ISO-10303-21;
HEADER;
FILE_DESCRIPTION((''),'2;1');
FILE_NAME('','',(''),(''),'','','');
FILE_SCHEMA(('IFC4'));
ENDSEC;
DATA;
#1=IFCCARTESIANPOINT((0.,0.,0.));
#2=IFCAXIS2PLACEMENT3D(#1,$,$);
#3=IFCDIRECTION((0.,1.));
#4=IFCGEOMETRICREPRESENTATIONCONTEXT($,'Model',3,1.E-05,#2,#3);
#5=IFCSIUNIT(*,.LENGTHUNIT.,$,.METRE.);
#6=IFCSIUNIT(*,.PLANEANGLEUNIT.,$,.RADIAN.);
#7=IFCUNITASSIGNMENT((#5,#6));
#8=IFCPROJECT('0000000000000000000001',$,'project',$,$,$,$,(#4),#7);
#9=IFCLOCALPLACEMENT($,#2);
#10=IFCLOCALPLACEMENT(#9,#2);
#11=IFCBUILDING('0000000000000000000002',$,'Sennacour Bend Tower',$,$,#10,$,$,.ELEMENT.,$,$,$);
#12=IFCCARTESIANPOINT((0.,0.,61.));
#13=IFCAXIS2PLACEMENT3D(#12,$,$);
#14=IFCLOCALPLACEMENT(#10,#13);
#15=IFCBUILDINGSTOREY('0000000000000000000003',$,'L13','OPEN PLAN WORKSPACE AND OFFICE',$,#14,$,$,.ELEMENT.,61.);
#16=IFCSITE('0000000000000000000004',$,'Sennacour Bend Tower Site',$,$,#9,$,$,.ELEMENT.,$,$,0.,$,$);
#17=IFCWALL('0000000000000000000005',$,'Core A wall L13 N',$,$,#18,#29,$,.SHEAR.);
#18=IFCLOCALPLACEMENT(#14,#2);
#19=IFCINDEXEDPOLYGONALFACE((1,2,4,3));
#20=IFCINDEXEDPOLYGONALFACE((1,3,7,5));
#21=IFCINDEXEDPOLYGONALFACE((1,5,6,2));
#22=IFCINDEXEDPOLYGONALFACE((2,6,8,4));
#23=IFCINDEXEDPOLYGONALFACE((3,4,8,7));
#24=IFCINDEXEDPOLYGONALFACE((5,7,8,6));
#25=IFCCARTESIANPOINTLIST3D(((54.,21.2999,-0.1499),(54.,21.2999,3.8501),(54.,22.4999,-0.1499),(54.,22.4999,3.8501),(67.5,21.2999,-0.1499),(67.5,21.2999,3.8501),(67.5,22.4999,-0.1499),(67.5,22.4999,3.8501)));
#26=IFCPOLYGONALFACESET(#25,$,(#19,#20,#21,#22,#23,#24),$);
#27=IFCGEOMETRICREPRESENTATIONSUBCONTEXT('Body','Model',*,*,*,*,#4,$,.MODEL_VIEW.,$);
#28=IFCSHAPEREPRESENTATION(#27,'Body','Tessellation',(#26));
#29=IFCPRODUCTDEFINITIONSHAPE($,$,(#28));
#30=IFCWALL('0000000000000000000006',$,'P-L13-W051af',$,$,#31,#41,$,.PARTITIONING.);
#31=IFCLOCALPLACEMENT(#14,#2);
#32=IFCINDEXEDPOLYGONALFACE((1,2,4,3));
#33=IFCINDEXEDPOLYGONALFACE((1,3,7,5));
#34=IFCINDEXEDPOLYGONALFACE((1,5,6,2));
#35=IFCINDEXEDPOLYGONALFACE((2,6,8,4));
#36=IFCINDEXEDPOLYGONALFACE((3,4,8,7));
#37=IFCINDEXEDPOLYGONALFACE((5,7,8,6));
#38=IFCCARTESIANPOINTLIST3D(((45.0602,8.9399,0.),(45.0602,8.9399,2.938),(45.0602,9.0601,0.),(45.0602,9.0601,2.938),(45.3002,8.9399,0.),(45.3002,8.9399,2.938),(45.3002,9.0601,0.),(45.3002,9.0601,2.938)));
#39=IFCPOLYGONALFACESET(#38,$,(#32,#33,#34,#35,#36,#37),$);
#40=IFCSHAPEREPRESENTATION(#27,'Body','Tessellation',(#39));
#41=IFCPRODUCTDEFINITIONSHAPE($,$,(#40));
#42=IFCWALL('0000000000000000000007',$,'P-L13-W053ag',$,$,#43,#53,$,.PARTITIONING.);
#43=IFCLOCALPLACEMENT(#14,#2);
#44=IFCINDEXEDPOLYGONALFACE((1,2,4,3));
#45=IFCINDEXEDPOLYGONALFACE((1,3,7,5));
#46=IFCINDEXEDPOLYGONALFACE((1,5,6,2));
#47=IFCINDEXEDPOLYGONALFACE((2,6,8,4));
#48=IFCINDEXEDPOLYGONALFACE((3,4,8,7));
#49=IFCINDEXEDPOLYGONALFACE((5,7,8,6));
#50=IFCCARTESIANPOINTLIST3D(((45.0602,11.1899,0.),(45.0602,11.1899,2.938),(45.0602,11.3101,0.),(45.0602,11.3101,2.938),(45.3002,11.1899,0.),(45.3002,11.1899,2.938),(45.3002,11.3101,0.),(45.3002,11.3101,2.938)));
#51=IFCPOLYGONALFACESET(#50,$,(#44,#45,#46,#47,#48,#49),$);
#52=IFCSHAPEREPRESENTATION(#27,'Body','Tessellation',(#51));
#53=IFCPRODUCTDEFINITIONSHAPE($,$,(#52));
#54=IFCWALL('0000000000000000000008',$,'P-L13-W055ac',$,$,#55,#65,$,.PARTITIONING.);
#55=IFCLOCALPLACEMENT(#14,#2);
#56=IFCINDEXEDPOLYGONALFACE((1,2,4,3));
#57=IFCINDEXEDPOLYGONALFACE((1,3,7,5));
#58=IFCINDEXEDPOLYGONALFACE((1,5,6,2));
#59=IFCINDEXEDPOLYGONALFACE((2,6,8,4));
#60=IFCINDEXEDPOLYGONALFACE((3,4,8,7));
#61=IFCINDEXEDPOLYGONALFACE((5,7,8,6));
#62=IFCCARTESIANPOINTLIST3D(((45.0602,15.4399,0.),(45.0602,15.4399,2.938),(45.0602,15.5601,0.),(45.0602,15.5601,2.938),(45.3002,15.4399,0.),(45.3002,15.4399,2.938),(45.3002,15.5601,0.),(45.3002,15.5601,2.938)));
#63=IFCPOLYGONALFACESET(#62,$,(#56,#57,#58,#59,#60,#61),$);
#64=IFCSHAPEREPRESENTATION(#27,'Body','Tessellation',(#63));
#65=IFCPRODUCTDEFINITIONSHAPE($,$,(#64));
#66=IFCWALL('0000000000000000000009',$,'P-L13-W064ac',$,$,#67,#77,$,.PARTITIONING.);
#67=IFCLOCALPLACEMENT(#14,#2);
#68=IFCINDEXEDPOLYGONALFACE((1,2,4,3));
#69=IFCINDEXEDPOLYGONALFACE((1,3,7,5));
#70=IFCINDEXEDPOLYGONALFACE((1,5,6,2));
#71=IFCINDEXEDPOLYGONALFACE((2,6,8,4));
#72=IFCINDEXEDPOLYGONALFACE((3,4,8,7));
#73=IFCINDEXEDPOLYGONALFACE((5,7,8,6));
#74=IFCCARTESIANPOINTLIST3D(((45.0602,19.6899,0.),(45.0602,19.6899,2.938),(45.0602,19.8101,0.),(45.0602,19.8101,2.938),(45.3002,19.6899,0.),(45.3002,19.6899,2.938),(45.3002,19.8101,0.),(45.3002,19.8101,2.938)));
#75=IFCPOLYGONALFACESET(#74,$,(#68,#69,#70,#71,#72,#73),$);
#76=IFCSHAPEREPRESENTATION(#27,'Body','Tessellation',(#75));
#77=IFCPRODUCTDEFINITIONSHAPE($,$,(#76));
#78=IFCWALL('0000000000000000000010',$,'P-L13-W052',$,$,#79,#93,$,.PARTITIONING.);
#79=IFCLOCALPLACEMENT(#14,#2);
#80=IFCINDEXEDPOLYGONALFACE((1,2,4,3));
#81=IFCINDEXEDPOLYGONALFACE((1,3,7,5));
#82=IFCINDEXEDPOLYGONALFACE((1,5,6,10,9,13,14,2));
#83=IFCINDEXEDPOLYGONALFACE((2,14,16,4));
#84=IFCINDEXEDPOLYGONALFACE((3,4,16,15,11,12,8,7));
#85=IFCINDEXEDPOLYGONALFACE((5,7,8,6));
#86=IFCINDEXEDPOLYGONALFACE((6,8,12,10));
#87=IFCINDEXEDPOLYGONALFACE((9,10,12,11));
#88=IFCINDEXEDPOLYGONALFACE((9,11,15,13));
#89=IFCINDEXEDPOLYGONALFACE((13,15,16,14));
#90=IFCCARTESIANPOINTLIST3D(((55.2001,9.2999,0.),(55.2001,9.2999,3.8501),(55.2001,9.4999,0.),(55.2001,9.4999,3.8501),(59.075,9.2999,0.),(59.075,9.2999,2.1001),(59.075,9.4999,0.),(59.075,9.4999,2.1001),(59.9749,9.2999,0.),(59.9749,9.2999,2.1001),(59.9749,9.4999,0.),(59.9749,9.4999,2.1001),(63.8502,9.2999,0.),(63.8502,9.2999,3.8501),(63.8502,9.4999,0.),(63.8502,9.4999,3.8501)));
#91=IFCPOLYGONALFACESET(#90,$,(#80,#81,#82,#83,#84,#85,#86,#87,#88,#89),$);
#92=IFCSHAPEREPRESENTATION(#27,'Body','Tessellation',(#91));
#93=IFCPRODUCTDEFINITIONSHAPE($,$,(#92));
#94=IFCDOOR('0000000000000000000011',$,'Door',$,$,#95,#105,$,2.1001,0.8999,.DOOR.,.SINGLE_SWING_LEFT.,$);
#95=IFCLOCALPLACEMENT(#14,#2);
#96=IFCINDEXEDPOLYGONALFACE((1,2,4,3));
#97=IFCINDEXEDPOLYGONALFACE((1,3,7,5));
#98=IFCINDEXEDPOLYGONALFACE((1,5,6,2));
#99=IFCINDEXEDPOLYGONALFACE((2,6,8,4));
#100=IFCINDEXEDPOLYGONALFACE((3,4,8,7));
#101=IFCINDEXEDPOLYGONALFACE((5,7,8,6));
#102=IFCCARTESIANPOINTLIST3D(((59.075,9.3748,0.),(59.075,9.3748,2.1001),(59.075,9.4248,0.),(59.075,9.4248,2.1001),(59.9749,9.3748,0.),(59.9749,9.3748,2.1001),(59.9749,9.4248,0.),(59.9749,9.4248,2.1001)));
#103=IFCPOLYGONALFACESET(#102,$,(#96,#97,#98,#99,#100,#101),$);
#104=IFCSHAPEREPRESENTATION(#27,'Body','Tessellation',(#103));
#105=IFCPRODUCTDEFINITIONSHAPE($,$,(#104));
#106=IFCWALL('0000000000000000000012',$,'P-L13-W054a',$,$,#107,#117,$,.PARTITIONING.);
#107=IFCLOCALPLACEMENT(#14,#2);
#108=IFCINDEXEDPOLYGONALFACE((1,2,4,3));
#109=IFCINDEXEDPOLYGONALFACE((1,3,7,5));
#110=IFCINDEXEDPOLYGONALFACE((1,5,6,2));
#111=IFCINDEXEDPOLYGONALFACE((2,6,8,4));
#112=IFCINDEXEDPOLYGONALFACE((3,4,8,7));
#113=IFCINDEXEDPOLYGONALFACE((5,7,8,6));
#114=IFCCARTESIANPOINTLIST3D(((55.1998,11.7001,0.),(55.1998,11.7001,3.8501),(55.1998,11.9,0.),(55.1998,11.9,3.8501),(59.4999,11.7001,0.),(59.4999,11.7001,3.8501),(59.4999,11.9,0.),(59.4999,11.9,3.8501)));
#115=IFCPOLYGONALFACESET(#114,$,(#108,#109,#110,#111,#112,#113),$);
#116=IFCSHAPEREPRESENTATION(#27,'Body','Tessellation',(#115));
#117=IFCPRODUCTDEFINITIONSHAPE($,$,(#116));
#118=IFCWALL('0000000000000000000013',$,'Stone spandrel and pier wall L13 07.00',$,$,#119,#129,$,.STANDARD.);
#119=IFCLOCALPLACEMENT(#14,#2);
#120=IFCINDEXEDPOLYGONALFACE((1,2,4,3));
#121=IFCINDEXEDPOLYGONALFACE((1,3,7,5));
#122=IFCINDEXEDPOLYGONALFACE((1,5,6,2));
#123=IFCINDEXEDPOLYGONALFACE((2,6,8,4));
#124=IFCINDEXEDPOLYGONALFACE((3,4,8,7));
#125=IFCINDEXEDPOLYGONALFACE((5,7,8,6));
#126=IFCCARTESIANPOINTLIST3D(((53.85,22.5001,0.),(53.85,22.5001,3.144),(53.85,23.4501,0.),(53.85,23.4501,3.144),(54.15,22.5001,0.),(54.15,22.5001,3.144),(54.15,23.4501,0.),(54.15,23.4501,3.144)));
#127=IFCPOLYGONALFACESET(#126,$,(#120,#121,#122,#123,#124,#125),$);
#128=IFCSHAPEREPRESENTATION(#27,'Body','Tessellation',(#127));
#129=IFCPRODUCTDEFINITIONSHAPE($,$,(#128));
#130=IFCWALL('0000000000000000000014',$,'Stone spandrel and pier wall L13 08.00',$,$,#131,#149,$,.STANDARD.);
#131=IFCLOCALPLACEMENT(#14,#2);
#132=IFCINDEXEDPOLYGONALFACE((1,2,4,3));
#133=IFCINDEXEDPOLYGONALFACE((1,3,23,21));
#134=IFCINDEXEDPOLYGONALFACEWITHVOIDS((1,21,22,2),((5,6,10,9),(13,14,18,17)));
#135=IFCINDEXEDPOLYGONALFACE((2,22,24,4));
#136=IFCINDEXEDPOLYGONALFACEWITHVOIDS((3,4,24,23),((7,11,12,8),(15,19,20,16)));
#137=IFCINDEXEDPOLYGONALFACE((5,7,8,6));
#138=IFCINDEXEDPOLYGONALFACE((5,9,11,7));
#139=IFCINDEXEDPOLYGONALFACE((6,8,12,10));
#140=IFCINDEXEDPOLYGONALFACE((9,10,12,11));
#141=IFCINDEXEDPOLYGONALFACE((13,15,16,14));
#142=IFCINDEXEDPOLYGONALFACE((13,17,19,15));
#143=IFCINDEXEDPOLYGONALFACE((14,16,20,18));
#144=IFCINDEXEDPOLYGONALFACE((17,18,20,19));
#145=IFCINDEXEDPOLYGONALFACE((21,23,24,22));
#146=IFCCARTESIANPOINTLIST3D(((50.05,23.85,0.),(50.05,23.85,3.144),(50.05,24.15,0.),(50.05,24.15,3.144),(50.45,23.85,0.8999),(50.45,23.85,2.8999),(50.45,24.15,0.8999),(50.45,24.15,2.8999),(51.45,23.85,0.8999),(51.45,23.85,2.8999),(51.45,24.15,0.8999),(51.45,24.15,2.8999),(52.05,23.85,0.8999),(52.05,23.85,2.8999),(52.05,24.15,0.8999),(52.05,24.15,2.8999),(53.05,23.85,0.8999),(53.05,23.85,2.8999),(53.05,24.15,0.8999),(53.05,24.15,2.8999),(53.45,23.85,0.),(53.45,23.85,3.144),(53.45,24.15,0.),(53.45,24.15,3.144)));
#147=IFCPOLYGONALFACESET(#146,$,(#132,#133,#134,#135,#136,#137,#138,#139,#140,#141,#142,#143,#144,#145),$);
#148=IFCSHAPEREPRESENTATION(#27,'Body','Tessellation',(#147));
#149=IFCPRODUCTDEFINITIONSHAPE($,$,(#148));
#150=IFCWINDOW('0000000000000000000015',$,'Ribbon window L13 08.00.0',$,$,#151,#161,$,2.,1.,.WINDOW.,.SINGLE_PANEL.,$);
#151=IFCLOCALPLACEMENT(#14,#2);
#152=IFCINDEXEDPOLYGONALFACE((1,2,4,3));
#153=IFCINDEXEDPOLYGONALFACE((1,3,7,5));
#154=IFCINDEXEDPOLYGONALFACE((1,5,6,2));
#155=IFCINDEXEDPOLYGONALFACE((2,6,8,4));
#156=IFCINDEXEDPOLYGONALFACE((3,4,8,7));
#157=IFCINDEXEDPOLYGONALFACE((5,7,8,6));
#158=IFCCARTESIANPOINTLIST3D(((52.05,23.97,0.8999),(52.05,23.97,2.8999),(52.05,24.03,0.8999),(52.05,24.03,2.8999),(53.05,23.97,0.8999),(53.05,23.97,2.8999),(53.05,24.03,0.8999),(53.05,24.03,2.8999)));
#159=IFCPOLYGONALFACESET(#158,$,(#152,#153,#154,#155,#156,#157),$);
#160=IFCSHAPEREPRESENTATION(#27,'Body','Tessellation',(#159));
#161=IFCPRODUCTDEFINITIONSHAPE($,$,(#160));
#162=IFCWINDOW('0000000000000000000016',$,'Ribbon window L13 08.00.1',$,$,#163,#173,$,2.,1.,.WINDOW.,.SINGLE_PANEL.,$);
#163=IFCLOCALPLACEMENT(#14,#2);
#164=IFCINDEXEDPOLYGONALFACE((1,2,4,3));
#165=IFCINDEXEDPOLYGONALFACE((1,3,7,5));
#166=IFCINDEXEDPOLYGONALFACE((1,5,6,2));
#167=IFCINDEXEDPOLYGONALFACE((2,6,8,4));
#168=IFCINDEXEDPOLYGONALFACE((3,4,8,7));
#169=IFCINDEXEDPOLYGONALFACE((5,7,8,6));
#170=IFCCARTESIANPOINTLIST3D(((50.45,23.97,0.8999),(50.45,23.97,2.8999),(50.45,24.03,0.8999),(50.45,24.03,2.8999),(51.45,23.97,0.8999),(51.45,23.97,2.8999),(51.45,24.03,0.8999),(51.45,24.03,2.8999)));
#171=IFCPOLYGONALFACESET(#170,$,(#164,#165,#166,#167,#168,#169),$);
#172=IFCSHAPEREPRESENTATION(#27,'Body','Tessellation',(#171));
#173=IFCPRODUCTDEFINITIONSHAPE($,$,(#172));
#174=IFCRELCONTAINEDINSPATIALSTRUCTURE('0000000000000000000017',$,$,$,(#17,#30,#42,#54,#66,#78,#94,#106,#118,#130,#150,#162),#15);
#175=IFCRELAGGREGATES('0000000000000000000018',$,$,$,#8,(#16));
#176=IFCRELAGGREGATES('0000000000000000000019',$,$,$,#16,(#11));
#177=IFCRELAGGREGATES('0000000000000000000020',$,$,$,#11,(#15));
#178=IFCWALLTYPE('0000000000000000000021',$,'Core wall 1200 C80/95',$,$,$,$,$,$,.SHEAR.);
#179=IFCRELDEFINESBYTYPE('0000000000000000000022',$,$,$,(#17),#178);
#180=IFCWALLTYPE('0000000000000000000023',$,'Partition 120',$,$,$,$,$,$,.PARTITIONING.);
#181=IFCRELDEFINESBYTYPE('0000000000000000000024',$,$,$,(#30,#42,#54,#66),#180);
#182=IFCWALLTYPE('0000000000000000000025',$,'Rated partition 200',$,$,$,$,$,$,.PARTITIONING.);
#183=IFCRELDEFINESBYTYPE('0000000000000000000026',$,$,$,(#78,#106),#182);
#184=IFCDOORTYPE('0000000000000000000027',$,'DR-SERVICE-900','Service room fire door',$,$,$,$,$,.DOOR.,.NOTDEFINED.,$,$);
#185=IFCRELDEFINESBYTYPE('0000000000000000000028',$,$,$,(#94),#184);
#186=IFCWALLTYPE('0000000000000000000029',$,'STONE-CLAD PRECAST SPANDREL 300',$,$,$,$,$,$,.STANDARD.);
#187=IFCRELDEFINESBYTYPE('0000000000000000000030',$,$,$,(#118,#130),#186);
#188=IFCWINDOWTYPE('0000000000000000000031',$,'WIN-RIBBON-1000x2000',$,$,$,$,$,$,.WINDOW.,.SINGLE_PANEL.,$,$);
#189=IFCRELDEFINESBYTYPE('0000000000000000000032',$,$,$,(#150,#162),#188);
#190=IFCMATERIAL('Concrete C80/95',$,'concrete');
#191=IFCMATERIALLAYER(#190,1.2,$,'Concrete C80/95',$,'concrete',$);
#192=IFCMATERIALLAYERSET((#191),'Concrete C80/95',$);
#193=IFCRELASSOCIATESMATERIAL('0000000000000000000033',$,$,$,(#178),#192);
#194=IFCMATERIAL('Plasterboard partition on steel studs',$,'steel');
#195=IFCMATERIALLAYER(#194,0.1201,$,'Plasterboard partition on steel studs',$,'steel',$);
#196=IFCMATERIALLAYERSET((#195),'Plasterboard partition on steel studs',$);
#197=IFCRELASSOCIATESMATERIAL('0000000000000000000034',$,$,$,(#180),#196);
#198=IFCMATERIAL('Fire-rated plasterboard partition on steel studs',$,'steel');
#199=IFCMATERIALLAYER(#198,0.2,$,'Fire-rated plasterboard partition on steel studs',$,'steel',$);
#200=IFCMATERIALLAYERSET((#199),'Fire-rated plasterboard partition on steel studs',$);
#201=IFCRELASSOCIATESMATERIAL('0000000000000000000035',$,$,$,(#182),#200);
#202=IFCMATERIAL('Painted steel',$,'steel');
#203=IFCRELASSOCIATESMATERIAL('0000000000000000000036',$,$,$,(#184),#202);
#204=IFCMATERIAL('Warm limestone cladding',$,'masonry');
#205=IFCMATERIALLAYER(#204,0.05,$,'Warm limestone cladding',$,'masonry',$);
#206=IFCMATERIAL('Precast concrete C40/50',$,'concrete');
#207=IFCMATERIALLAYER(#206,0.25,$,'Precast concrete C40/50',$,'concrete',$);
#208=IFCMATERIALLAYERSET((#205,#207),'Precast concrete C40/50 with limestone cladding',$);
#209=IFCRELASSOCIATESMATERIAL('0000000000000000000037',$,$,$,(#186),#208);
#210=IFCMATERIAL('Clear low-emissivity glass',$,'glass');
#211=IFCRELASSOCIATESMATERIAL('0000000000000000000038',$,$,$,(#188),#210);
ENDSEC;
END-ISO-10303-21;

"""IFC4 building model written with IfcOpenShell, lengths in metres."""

from ifc_helpers import new_model, si_unit, direction, frame, frame_2d, origin, place, context, subcontext, project, spatial, rectangle, extrude, material, layer, layer_set, type_object, element, fill, save


model = new_model("IFC4")

# Units and contexts
model_context = context("Model", 3, precision=1e-05, world=origin(), true_north=direction((0.0, 1.0)))
body_context = subcontext(model_context, "Body", "Model", "MODEL_VIEW")
ifc_project = project(units=[si_unit("LENGTHUNIT", "METRE"), si_unit("PLANEANGLEUNIT", "RADIAN")], contexts=[model_context])

# Site, building, storey
site_placement = place(None, origin())
site = spatial("IfcSite", under=ifc_project, at=site_placement, Name="Sennacour Bend Tower Site", CompositionType="ELEMENT", RefElevation=0.0)
building_placement = place(site_placement, origin())
building = spatial("IfcBuilding", under=site, at=building_placement, Name="Sennacour Bend Tower", CompositionType="ELEMENT")
storey_placement = place(building_placement, frame((0.0, 0.0, 61.0)))
storey = spatial("IfcBuildingStorey", under=building, at=storey_placement, Name="L13", Description="OPEN PLAN WORKSPACE AND OFFICE", CompositionType="ELEMENT", Elevation=61.0)

# Walls
ifc_material_1 = material(Name="Concrete C80/95", Category="concrete")
ifc_layer_1 = layer(ifc_material_1, 1.2, Name="Concrete C80/95", Category="concrete")
ifc_layer_set_1 = layer_set([ifc_layer_1], Name="Concrete C80/95")
wall_type_1 = type_object("IfcWallType", Name="Core wall 1200 C80/95", PredefinedType="SHEAR", material=ifc_layer_set_1)
wall_1_placement = place(storey_placement, frame((54.0, 21.8999, -0.1499), z_axis=(0.0, 0.0, 1.0), x_axis=(1.0, 0.0, 0.0)))
element("IfcWall", 1, at=wall_1_placement, inside=storey, type_object=wall_type_1, Name="Core A wall L13 N", PredefinedType="SHEAR", context=body_context, shape_type="SweptSolid", body=[
    extrude(rectangle(XDim=13.5, YDim=1.2, at=frame_2d((6.75, 0.0))), origin(), (0.0, 0.0, 1.0), 4.0),
])
ifc_material_2 = material(Name="Plasterboard partition on steel studs", Category="steel")
ifc_layer_2 = layer(ifc_material_2, 0.1201, Name="Plasterboard partition on steel studs", Category="steel")
ifc_layer_set_2 = layer_set([ifc_layer_2], Name="Plasterboard partition on steel studs")
wall_type_2 = type_object("IfcWallType", Name="Partition 120", PredefinedType="PARTITIONING", material=ifc_layer_set_2)
for number, where, z_axis, x_axis, name in (
    (2, (45.0601, 9.0, 0.0), (0.0, 0.0, 1.0), (1.0, 0.0, 0.0), "P-L13-W051af"),
    (3, (45.0601, 11.25, 0.0), (0.0, 0.0, 1.0), (1.0, 0.0, 0.0), "P-L13-W053ag"),
    (4, (45.0601, 15.5, 0.0), (0.0, 0.0, 1.0), (1.0, 0.0, 0.0), "P-L13-W055ac"),
    (5, (45.0601, 19.75, 0.0), (0.0, 0.0, 1.0), (1.0, 0.0, 0.0), "P-L13-W064ac"),
):
    element("IfcWall", number, at=place(storey_placement, frame(where, z_axis=z_axis, x_axis=x_axis)), inside=storey, type_object=wall_type_2, Name=name, PredefinedType="PARTITIONING", context=body_context, shape_type="SweptSolid", body=[
        extrude(rectangle(XDim=0.24, YDim=0.1201, at=frame_2d((0.1201, 0.0))), origin(), (0.0, 0.0, 1.0), 2.938),
    ])

# Wall, opening, door
ifc_material_3 = material(Name="Fire-rated plasterboard partition on steel studs", Category="steel")
ifc_layer_3 = layer(ifc_material_3, 0.2, Name="Fire-rated plasterboard partition on steel studs", Category="steel")
ifc_layer_set_3 = layer_set([ifc_layer_3], Name="Fire-rated plasterboard partition on steel studs")
wall_type_3 = type_object("IfcWallType", Name="Rated partition 200", PredefinedType="PARTITIONING", material=ifc_layer_set_3)
wall_2_placement = place(storey_placement, frame((55.2, 9.3999, 0.0), z_axis=(0.0, 0.0, 1.0), x_axis=(1.0, 0.0, 0.0)))
wall_2 = element("IfcWall", 6, at=wall_2_placement, inside=storey, type_object=wall_type_3, Name="P-L13-W052", PredefinedType="PARTITIONING", context=body_context, shape_type="SweptSolid", body=[
    extrude(rectangle(XDim=8.6501, YDim=0.2, at=frame_2d((4.3252, 0.0))), origin(), (0.0, 0.0, 1.0), 3.8501),
])
opening_1_placement = place(wall_2_placement, frame((3.875, 0.0, 0.0)))
opening_1 = element("IfcOpeningElement", 7, at=opening_1_placement, cuts=wall_2, PredefinedType="OPENING", context=body_context, shape_type="SweptSolid", body=[
    extrude(rectangle(XDim=0.8999, YDim=2.1001, at=frame_2d((0.45, 1.05))), frame((0.0, 0.1099, 0.0), z_axis=(0.0, -1.0, 0.0), x_axis=(1.0, 0.0, 0.0)), (0.0, 0.0, 1.0), 0.22),
])
ifc_material_4 = material(Name="Painted steel", Category="steel")
door_type_1 = type_object("IfcDoorType", Name="DR-SERVICE-900", Description="Service room fire door", OperationType="NOTDEFINED", PredefinedType="DOOR", material=ifc_material_4)
door_1_placement = place(opening_1_placement, origin())
door_1 = element("IfcDoor", 8, at=door_1_placement, inside=storey, type_object=door_type_1, Name="Door", OperationType="SINGLE_SWING_LEFT", OverallHeight=2.1001, OverallWidth=0.8999, PredefinedType="DOOR", context=body_context, shape_type="SweptSolid", body=[
    extrude(rectangle(XDim=0.8999, YDim=2.1001, at=frame_2d((0.45, 1.05))), frame((0.0, 0.0249, 0.0), z_axis=(0.0, -1.0, 0.0), x_axis=(1.0, 0.0, 0.0)), (0.0, 0.0, 1.0), 0.05),
])
fill(opening_1, door_1)

# Walls
wall_3_placement = place(storey_placement, frame((55.2, 11.8, 0.0), z_axis=(0.0, 0.0, 1.0), x_axis=(1.0, 0.0, 0.0)))
element("IfcWall", 9, at=wall_3_placement, inside=storey, type_object=wall_type_3, Name="P-L13-W054a", PredefinedType="PARTITIONING", context=body_context, shape_type="SweptSolid", body=[
    extrude(rectangle(XDim=4.3, YDim=0.2, at=frame_2d((2.1499, 0.0))), origin(), (0.0, 0.0, 1.0), 3.8501),
])
ifc_material_5 = material(Name="Warm limestone cladding", Category="masonry")
ifc_layer_4 = layer(ifc_material_5, 0.05, Name="Warm limestone cladding", Category="masonry")
ifc_material_6 = material(Name="Precast concrete C40/50", Category="concrete")
ifc_layer_5 = layer(ifc_material_6, 0.25, Name="Precast concrete C40/50", Category="concrete")
ifc_layer_set_4 = layer_set([ifc_layer_4, ifc_layer_5], Name="Precast concrete C40/50 with limestone cladding")
wall_type_4 = type_object("IfcWallType", Name="STONE-CLAD PRECAST SPANDREL 300", PredefinedType="STANDARD", material=ifc_layer_set_4)
wall_4_placement = place(storey_placement, frame((54.0, 22.5, 0.0), z_axis=(0.0, 0.0, 1.0), x_axis=(0.0, 1.0, 0.0)))
element("IfcWall", 10, at=wall_4_placement, inside=storey, type_object=wall_type_4, Name="Stone spandrel and pier wall L13 07.00", PredefinedType="STANDARD", context=body_context, shape_type="SweptSolid", body=[
    extrude(rectangle(XDim=0.95, YDim=0.3, at=frame_2d((0.4751, 0.0))), origin(), (0.0, 0.0, 1.0), 3.144),
])

# Wall, openings, windows
wall_5_placement = place(storey_placement, frame((53.45, 24.0, 0.0), z_axis=(0.0, 0.0, 1.0), x_axis=(-1.0, 0.0, 0.0)))
wall_5 = element("IfcWall", 11, at=wall_5_placement, inside=storey, type_object=wall_type_4, Name="Stone spandrel and pier wall L13 08.00", PredefinedType="STANDARD", context=body_context, shape_type="SweptSolid", body=[
    extrude(rectangle(XDim=3.3999, YDim=0.3, at=frame_2d((1.7, 0.0))), origin(), (0.0, 0.0, 1.0), 3.144),
])
opening_2_placement = place(wall_5_placement, frame((0.3999, 0.0, 0.8999)))
opening_2 = element("IfcOpeningElement", 12, at=opening_2_placement, cuts=wall_5, PredefinedType="OPENING", context=body_context, shape_type="SweptSolid", body=[
    extrude(rectangle(XDim=1.0, YDim=2.0, at=frame_2d((0.5, 1.0))), frame((0.0, 0.1602, 0.0), z_axis=(0.0, -1.0, 0.0), x_axis=(1.0, 0.0, 0.0)), (0.0, 0.0, 1.0), 0.3201),
])
opening_3_placement = place(wall_5_placement, frame((2.0, 0.0, 0.8999)))
opening_3 = element("IfcOpeningElement", 13, at=opening_3_placement, cuts=wall_5, PredefinedType="OPENING", context=body_context, shape_type="SweptSolid", body=[
    extrude(rectangle(XDim=1.0, YDim=2.0, at=frame_2d((0.5, 1.0))), frame((0.0, 0.1602, 0.0), z_axis=(0.0, -1.0, 0.0), x_axis=(1.0, 0.0, 0.0)), (0.0, 0.0, 1.0), 0.3201),
])
ifc_material_7 = material(Name="Clear low-emissivity glass", Category="glass")
window_type = type_object("IfcWindowType", Name="WIN-RIBBON-1000x2000", PartitioningType="SINGLE_PANEL", PredefinedType="WINDOW", material=ifc_material_7)
window_1_placement = place(opening_2_placement, origin())
window_1 = element("IfcWindow", 14, at=window_1_placement, inside=storey, type_object=window_type, Name="Ribbon window L13 08.00.0", OverallHeight=2.0, OverallWidth=1.0, PartitioningType="SINGLE_PANEL", PredefinedType="WINDOW", context=body_context, shape_type="SweptSolid", body=[
    extrude(rectangle(XDim=1.0, YDim=2.0, at=frame_2d((0.5, 1.0))), frame((0.0, 0.03, 0.0), z_axis=(0.0, -1.0, 0.0), x_axis=(1.0, 0.0, 0.0)), (0.0, 0.0, 1.0), 0.0601),
])
fill(opening_2, window_1)
window_2_placement = place(opening_3_placement, origin())
window_2 = element("IfcWindow", 15, at=window_2_placement, inside=storey, type_object=window_type, Name="Ribbon window L13 08.00.1", OverallHeight=2.0, OverallWidth=1.0, PartitioningType="SINGLE_PANEL", PredefinedType="WINDOW", context=body_context, shape_type="SweptSolid", body=[
    extrude(rectangle(XDim=1.0, YDim=2.0, at=frame_2d((0.5, 1.0))), frame((0.0, 0.03, 0.0), z_axis=(0.0, -1.0, 0.0), x_axis=(1.0, 0.0, 0.0)), (0.0, 0.0, 1.0), 0.0601),
])
fill(opening_3, window_2)

save(model, "model.ifc")
